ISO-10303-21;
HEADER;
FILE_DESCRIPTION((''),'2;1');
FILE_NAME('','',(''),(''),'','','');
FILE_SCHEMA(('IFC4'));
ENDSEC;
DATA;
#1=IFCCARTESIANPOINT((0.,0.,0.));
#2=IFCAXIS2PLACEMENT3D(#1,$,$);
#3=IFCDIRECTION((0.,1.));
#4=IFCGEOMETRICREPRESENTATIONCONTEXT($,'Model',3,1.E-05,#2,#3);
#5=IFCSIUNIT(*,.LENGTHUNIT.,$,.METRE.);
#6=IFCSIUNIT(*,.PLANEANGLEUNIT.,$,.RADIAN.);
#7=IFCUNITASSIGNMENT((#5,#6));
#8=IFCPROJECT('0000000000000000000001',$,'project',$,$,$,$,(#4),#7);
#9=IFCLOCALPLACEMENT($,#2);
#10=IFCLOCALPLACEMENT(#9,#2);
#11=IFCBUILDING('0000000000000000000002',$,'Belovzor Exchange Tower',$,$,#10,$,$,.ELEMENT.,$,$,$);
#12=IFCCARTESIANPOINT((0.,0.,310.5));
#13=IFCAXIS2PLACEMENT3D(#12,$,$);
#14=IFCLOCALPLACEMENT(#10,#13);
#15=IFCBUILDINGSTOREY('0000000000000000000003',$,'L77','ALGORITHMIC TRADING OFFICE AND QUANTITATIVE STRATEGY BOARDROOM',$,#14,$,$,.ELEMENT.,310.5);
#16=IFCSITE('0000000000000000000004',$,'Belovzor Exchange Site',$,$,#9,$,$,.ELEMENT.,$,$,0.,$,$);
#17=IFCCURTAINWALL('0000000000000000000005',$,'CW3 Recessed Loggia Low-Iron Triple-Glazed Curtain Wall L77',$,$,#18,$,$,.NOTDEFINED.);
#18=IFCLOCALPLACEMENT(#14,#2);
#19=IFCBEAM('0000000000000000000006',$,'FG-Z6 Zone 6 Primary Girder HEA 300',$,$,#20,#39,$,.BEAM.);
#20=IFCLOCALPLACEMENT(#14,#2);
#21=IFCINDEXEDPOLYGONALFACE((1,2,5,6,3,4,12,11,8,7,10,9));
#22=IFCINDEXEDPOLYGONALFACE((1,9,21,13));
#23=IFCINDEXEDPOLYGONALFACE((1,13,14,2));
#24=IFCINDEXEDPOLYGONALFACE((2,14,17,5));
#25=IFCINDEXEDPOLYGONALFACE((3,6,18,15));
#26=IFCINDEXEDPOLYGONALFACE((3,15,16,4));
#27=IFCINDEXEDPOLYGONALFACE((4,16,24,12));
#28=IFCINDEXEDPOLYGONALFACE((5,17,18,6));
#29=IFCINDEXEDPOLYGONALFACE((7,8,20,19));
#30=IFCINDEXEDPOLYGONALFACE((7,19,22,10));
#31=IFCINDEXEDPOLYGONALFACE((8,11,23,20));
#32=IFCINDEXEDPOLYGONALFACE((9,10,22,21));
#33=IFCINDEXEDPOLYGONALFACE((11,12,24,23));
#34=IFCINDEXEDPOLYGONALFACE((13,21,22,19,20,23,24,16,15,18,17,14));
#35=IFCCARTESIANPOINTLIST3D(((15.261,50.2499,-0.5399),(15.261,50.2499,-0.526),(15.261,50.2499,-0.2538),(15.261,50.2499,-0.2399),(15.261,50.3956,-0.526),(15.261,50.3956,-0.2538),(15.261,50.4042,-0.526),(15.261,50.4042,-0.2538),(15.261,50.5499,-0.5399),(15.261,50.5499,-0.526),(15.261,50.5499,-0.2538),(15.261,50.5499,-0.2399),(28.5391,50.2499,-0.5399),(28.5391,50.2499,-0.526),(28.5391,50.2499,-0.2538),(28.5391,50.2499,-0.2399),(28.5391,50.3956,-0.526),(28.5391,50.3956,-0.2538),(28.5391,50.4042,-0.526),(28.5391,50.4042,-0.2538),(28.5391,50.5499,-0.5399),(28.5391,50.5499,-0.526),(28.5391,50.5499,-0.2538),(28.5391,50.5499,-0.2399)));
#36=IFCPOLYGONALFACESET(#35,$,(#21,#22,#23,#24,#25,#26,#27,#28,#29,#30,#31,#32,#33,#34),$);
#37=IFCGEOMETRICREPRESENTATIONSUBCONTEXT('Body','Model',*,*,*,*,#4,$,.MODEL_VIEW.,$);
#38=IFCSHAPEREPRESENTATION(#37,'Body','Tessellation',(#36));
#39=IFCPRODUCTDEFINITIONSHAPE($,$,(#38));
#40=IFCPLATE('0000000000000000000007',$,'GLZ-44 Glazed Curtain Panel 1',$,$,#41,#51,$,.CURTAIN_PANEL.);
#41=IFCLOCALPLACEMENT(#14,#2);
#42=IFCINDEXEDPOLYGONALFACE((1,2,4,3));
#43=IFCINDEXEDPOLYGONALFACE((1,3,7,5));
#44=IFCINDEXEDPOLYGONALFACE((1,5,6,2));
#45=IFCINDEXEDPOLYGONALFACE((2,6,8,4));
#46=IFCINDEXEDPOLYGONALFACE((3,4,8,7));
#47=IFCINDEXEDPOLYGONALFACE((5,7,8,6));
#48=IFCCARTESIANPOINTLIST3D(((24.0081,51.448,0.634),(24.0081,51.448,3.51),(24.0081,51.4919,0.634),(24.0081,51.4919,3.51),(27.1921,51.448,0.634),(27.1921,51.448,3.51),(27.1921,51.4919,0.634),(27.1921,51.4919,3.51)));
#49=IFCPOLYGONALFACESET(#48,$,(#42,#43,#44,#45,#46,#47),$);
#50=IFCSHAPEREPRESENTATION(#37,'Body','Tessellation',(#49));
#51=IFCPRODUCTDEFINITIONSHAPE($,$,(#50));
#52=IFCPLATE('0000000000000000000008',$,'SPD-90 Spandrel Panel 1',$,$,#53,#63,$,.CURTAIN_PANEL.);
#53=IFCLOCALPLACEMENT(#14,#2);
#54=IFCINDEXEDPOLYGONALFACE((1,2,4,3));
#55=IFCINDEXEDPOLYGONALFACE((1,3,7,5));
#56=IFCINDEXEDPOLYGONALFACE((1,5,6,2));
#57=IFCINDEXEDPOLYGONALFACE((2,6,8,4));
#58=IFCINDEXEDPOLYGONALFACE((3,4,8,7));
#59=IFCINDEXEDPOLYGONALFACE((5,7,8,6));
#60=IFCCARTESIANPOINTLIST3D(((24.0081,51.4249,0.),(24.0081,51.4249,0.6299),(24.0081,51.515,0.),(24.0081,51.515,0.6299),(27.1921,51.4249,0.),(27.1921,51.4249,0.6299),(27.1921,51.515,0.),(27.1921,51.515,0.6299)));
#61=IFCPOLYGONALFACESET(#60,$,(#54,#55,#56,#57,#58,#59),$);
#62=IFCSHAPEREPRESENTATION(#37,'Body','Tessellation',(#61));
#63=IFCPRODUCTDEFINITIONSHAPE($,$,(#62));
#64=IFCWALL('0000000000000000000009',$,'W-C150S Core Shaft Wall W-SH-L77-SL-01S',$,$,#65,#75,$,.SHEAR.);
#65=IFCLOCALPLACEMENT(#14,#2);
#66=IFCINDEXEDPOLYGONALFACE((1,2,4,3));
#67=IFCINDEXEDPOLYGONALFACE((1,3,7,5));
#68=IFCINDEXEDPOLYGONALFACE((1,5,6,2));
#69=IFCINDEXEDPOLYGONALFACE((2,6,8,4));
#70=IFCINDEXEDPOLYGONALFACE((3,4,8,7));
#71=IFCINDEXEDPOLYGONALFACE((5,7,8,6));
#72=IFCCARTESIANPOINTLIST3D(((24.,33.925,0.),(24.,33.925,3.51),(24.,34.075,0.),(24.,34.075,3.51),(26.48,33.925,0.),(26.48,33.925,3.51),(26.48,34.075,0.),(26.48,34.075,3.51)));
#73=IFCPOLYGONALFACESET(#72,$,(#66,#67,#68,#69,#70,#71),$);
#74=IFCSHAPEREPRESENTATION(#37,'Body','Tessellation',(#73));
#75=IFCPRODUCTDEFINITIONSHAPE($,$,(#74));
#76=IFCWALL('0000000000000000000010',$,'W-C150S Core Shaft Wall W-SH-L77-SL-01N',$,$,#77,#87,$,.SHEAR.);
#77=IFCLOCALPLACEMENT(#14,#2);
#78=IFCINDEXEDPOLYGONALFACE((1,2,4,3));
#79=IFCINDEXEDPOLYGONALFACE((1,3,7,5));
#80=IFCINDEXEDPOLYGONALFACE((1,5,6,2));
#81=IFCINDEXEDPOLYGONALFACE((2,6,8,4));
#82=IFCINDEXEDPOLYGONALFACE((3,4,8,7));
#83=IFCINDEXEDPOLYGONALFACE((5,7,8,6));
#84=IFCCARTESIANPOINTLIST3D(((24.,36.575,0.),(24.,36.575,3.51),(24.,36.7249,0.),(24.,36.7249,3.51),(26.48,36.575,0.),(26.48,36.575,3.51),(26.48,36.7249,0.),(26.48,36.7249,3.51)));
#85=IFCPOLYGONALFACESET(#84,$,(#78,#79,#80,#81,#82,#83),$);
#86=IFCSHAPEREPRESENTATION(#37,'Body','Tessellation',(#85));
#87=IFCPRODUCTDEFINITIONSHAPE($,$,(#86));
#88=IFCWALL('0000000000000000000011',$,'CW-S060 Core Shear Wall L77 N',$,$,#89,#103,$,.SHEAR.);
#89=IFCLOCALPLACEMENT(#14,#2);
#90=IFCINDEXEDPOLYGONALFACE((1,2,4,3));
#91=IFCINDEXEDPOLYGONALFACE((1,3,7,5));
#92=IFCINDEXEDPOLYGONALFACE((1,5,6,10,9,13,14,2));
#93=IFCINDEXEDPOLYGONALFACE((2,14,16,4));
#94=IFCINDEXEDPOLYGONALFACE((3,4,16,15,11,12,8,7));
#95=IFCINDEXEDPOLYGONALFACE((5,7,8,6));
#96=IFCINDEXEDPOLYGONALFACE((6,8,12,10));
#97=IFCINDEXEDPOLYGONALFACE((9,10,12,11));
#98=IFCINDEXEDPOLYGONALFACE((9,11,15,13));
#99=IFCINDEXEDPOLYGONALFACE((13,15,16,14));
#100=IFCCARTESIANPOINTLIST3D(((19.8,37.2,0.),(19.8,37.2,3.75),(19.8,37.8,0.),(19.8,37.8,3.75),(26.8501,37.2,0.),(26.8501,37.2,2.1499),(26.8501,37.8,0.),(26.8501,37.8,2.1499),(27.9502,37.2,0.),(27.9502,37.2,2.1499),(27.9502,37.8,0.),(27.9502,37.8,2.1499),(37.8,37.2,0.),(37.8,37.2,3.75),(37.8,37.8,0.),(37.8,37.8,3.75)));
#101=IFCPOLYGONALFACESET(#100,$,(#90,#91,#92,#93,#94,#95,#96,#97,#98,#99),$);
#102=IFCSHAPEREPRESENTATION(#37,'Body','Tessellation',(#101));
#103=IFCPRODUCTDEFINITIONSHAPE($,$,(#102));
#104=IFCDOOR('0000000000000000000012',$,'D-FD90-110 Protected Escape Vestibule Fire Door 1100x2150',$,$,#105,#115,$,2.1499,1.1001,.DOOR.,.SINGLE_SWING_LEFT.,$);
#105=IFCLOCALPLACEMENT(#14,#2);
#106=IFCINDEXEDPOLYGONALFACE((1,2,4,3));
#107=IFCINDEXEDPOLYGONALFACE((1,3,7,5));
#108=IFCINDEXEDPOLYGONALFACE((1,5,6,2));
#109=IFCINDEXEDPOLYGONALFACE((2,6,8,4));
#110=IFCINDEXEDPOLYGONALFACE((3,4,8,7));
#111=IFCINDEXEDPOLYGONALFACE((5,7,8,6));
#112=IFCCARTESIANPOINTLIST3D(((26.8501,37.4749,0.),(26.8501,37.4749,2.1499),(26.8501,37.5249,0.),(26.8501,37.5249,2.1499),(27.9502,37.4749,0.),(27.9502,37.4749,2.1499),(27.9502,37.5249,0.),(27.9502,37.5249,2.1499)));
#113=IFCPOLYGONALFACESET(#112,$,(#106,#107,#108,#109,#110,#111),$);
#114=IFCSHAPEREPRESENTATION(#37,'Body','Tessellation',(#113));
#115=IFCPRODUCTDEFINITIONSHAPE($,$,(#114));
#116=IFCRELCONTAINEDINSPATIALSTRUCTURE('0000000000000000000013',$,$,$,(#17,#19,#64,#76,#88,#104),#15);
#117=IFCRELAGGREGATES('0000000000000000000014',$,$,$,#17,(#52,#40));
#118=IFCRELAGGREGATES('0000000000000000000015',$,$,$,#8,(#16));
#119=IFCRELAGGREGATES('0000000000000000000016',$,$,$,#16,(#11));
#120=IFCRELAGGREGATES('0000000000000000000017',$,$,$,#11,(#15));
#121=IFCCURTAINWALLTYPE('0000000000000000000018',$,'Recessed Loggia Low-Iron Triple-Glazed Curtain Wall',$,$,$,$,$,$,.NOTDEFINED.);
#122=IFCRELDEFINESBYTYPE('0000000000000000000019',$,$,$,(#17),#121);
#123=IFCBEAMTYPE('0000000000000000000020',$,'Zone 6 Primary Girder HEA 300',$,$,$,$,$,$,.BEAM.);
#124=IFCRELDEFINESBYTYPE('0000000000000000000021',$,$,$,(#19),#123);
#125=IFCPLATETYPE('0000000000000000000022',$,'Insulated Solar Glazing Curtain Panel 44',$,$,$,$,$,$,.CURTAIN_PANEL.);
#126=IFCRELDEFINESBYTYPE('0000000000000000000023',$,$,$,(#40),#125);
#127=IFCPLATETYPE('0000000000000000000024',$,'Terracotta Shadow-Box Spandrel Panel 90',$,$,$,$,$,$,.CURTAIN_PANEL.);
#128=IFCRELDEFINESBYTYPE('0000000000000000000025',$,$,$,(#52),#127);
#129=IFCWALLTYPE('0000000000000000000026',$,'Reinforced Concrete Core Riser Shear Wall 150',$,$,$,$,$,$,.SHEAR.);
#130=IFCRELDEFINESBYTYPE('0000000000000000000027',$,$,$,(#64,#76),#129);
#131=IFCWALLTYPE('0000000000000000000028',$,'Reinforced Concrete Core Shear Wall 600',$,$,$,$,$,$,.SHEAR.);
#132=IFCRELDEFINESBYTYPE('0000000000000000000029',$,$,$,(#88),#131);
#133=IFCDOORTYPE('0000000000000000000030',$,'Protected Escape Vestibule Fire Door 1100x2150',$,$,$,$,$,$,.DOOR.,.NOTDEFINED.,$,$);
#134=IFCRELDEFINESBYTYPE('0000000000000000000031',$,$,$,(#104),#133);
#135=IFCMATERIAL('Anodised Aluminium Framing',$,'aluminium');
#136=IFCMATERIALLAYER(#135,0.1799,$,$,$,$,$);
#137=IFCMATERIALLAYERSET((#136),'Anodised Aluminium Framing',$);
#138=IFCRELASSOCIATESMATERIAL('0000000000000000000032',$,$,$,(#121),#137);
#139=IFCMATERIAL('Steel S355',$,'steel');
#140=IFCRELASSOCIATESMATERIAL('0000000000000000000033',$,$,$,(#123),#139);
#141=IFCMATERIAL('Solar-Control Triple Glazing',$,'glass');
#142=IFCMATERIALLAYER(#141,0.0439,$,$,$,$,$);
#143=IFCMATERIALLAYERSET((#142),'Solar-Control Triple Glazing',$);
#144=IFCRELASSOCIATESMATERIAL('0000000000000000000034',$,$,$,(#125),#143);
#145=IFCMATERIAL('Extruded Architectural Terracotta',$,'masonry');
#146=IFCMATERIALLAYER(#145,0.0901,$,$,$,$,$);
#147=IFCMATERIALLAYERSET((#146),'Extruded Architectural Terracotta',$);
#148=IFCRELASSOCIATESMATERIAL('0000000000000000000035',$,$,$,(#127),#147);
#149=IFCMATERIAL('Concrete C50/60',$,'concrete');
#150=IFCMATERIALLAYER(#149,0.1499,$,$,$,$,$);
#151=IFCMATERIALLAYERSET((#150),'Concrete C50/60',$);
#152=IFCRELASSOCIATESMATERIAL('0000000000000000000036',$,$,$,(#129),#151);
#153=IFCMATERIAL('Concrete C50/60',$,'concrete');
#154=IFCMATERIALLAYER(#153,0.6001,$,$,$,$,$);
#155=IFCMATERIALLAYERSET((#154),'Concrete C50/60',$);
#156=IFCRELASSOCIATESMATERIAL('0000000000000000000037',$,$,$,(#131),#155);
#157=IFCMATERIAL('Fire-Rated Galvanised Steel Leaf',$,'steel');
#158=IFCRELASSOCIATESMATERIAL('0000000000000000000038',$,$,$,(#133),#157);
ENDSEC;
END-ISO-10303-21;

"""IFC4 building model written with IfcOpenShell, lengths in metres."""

from ifc_helpers import new_model, si_unit, direction, frame, frame_2d, origin, origin_2d, place, context, subcontext, project, spatial, rectangle, i_section, extrude, material, layer, layer_set, material_profile, profile_set, type_object, element, fill, aggregate, save


model = new_model("IFC4")

# Units and contexts
model_context = context("Model", 3, precision=1e-05, world=origin(), true_north=direction((0.0, 1.0)))
body_context = subcontext(model_context, "Body", "Model", "MODEL_VIEW")
ifc_project = project(units=[si_unit("LENGTHUNIT", "METRE"), si_unit("PLANEANGLEUNIT", "RADIAN")], contexts=[model_context])

# Site, building, storey
site_placement = place(None, origin())
site = spatial("IfcSite", under=ifc_project, at=site_placement, Name="Belovzor Exchange Site", CompositionType="ELEMENT", RefElevation=0.0)
building_placement = place(site_placement, origin())
building = spatial("IfcBuilding", under=site, at=building_placement, Name="Belovzor Exchange Tower", CompositionType="ELEMENT")
storey_placement = place(building_placement, frame((0.0, 0.0, 310.5)))
storey = spatial("IfcBuildingStorey", under=building, at=storey_placement, Name="L77", Description="ALGORITHMIC TRADING OFFICE AND QUANTITATIVE STRATEGY BOARDROOM", CompositionType="ELEMENT", Elevation=310.5)

# Curtain wall
ifc_material_1 = material(Name="Anodised Aluminium Framing", Category="aluminium")
ifc_layer_1 = layer(ifc_material_1, 0.1799)
ifc_layer_set_1 = layer_set([ifc_layer_1], Name="Anodised Aluminium Framing")
curtain_wall_type = type_object("IfcCurtainWallType", Name="Recessed Loggia Low-Iron Triple-Glazed Curtain Wall", PredefinedType="NOTDEFINED", material=ifc_layer_set_1)
curtain_wall_placement = place(storey_placement, origin())
curtain_wall = element("IfcCurtainWall", 1, at=curtain_wall_placement, inside=storey, type_object=curtain_wall_type, Name="CW3 Recessed Loggia Low-Iron Triple-Glazed Curtain Wall L77", PredefinedType="NOTDEFINED")

# Beam
ifc_material_2 = material(Name="Steel S355", Category="steel")
ifc_material_profile_1 = material_profile(ifc_material_2, i_section(OverallWidth=0.3, OverallDepth=0.3, WebThickness=0.0085, FlangeThickness=0.0139, at=origin_2d()))
ifc_profile_set_1 = profile_set([ifc_material_profile_1], Name="Steel S355")
beam_type_1 = type_object("IfcBeamType", Name="Zone 6 Primary Girder HEA 300", PredefinedType="BEAM", material=ifc_profile_set_1)
beam_1_placement = place(storey_placement, frame((28.5391, 50.3999, -0.3899), z_axis=(-1.0, 0.0, 0.0), x_axis=(0.0, -1.0, 0.0)))
element("IfcBeam", 2, at=beam_1_placement, inside=storey, type_object=beam_type_1, Name="FG-Z6 Zone 6 Primary Girder HEA 300", PredefinedType="BEAM", context=body_context, shape_type="SweptSolid", body=[
    extrude(i_section(OverallWidth=0.3, OverallDepth=0.3, WebThickness=0.0085, FlangeThickness=0.0139, at=origin_2d()), origin(), (0.0, 0.0, 1.0), 13.2781),
])

# Plates
ifc_material_3 = material(Name="Solar-Control Triple Glazing", Category="glass")
ifc_layer_2 = layer(ifc_material_3, 0.0439)
ifc_layer_set_2 = layer_set([ifc_layer_2], Name="Solar-Control Triple Glazing")
plate_type_1 = type_object("IfcPlateType", Name="Insulated Solar Glazing Curtain Panel 44", PredefinedType="CURTAIN_PANEL", material=ifc_layer_set_2)
plate_1_placement = place(storey_placement, frame((25.6001, 51.47, 0.634), z_axis=(0.0, 0.0, 1.0), x_axis=(1.0, 0.0, 0.0)))
plate_1 = element("IfcPlate", 3, at=plate_1_placement, type_object=plate_type_1, Name="GLZ-44 Glazed Curtain Panel 1", PredefinedType="CURTAIN_PANEL", context=body_context, shape_type="SweptSolid", body=[
    extrude(rectangle(XDim=3.1841, YDim=0.0439, at=origin_2d()), origin(), (0.0, 0.0, 1.0), 2.876),
])
ifc_material_4 = material(Name="Extruded Architectural Terracotta", Category="masonry")
ifc_layer_3 = layer(ifc_material_4, 0.0901)
ifc_layer_set_3 = layer_set([ifc_layer_3], Name="Extruded Architectural Terracotta")
plate_type_2 = type_object("IfcPlateType", Name="Terracotta Shadow-Box Spandrel Panel 90", PredefinedType="CURTAIN_PANEL", material=ifc_layer_set_3)
plate_2_placement = place(storey_placement, frame((25.6001, 51.47, 0.0), z_axis=(0.0, 0.0, 1.0), x_axis=(1.0, 0.0, 0.0)))
plate_2 = element("IfcPlate", 4, at=plate_2_placement, type_object=plate_type_2, Name="SPD-90 Spandrel Panel 1", PredefinedType="CURTAIN_PANEL", context=body_context, shape_type="SweptSolid", body=[
    extrude(rectangle(XDim=3.1841, YDim=0.0901, at=origin_2d()), origin(), (0.0, 0.0, 1.0), 0.6299),
])
aggregate(curtain_wall, [plate_2, plate_1])

# Walls
ifc_material_5 = material(Name="Concrete C50/60", Category="concrete")
ifc_layer_4 = layer(ifc_material_5, 0.1499)
ifc_layer_set_4 = layer_set([ifc_layer_4], Name="Concrete C50/60")
wall_type_1 = type_object("IfcWallType", Name="Reinforced Concrete Core Riser Shear Wall 150", PredefinedType="SHEAR", material=ifc_layer_set_4)
for number, where, z_axis, x_axis, name in (
    (5, (24.0, 34.0, 0.0), (0.0, 0.0, 1.0), (1.0, 0.0, 0.0), "W-C150S Core Shaft Wall W-SH-L77-SL-01S"),
    (6, (24.0, 36.6499, 0.0), (0.0, 0.0, 1.0), (1.0, 0.0, 0.0), "W-C150S Core Shaft Wall W-SH-L77-SL-01N"),
):
    element("IfcWall", number, at=place(storey_placement, frame(where, z_axis=z_axis, x_axis=x_axis)), inside=storey, type_object=wall_type_1, Name=name, PredefinedType="SHEAR", context=body_context, shape_type="SweptSolid", body=[
        extrude(rectangle(XDim=2.48, YDim=0.1499, at=frame_2d((1.24, 0.0))), origin(), (0.0, 0.0, 1.0), 3.51),
    ])

# Wall, opening, door
ifc_material_6 = material(Name="Concrete C50/60", Category="concrete")
ifc_layer_5 = layer(ifc_material_6, 0.6001)
ifc_layer_set_5 = layer_set([ifc_layer_5], Name="Concrete C50/60")
wall_type_2 = type_object("IfcWallType", Name="Reinforced Concrete Core Shear Wall 600", PredefinedType="SHEAR", material=ifc_layer_set_5)
wall_1_placement = place(storey_placement, frame((19.8, 37.5, 0.0), z_axis=(0.0, 0.0, 1.0), x_axis=(1.0, 0.0, 0.0)))
wall_1 = element("IfcWall", 7, at=wall_1_placement, inside=storey, type_object=wall_type_2, Name="CW-S060 Core Shear Wall L77 N", PredefinedType="SHEAR", context=body_context, shape_type="SweptSolid", body=[
    extrude(rectangle(XDim=18.0, YDim=0.6001, at=frame_2d((9.0, 0.0))), origin(), (0.0, 0.0, 1.0), 3.75),
])
opening_1_placement = place(wall_1_placement, frame((7.05, 0.0, 0.0)))
opening_1 = element("IfcOpeningElement", 8, at=opening_1_placement, cuts=wall_1, PredefinedType="OPENING", context=body_context, shape_type="SweptSolid", body=[
    extrude(rectangle(XDim=1.1001, YDim=2.1499, at=frame_2d((0.55, 1.075))), frame((0.0, 0.3101, 0.0), z_axis=(0.0, -1.0, 0.0), x_axis=(1.0, 0.0, 0.0)), (0.0, 0.0, 1.0), 0.6201),
])
ifc_material_7 = material(Name="Fire-Rated Galvanised Steel Leaf", Category="steel")
door_type_1 = type_object("IfcDoorType", Name="Protected Escape Vestibule Fire Door 1100x2150", OperationType="NOTDEFINED", PredefinedType="DOOR", material=ifc_material_7)
door_1_placement = place(opening_1_placement, origin())
door_1 = element("IfcDoor", 9, at=door_1_placement, inside=storey, type_object=door_type_1, Name="D-FD90-110 Protected Escape Vestibule Fire Door 1100x2150", OperationType="SINGLE_SWING_LEFT", OverallHeight=2.1499, OverallWidth=1.1001, PredefinedType="DOOR", context=body_context, shape_type="SweptSolid", body=[
    extrude(rectangle(XDim=1.1001, YDim=2.1499, at=frame_2d((0.55, 1.075))), frame((0.0, 0.0249, 0.0), z_axis=(0.0, -1.0, 0.0), x_axis=(1.0, 0.0, 0.0)), (0.0, 0.0, 1.0), 0.05),
])
fill(opening_1, door_1)

save(model, "model.ifc")
